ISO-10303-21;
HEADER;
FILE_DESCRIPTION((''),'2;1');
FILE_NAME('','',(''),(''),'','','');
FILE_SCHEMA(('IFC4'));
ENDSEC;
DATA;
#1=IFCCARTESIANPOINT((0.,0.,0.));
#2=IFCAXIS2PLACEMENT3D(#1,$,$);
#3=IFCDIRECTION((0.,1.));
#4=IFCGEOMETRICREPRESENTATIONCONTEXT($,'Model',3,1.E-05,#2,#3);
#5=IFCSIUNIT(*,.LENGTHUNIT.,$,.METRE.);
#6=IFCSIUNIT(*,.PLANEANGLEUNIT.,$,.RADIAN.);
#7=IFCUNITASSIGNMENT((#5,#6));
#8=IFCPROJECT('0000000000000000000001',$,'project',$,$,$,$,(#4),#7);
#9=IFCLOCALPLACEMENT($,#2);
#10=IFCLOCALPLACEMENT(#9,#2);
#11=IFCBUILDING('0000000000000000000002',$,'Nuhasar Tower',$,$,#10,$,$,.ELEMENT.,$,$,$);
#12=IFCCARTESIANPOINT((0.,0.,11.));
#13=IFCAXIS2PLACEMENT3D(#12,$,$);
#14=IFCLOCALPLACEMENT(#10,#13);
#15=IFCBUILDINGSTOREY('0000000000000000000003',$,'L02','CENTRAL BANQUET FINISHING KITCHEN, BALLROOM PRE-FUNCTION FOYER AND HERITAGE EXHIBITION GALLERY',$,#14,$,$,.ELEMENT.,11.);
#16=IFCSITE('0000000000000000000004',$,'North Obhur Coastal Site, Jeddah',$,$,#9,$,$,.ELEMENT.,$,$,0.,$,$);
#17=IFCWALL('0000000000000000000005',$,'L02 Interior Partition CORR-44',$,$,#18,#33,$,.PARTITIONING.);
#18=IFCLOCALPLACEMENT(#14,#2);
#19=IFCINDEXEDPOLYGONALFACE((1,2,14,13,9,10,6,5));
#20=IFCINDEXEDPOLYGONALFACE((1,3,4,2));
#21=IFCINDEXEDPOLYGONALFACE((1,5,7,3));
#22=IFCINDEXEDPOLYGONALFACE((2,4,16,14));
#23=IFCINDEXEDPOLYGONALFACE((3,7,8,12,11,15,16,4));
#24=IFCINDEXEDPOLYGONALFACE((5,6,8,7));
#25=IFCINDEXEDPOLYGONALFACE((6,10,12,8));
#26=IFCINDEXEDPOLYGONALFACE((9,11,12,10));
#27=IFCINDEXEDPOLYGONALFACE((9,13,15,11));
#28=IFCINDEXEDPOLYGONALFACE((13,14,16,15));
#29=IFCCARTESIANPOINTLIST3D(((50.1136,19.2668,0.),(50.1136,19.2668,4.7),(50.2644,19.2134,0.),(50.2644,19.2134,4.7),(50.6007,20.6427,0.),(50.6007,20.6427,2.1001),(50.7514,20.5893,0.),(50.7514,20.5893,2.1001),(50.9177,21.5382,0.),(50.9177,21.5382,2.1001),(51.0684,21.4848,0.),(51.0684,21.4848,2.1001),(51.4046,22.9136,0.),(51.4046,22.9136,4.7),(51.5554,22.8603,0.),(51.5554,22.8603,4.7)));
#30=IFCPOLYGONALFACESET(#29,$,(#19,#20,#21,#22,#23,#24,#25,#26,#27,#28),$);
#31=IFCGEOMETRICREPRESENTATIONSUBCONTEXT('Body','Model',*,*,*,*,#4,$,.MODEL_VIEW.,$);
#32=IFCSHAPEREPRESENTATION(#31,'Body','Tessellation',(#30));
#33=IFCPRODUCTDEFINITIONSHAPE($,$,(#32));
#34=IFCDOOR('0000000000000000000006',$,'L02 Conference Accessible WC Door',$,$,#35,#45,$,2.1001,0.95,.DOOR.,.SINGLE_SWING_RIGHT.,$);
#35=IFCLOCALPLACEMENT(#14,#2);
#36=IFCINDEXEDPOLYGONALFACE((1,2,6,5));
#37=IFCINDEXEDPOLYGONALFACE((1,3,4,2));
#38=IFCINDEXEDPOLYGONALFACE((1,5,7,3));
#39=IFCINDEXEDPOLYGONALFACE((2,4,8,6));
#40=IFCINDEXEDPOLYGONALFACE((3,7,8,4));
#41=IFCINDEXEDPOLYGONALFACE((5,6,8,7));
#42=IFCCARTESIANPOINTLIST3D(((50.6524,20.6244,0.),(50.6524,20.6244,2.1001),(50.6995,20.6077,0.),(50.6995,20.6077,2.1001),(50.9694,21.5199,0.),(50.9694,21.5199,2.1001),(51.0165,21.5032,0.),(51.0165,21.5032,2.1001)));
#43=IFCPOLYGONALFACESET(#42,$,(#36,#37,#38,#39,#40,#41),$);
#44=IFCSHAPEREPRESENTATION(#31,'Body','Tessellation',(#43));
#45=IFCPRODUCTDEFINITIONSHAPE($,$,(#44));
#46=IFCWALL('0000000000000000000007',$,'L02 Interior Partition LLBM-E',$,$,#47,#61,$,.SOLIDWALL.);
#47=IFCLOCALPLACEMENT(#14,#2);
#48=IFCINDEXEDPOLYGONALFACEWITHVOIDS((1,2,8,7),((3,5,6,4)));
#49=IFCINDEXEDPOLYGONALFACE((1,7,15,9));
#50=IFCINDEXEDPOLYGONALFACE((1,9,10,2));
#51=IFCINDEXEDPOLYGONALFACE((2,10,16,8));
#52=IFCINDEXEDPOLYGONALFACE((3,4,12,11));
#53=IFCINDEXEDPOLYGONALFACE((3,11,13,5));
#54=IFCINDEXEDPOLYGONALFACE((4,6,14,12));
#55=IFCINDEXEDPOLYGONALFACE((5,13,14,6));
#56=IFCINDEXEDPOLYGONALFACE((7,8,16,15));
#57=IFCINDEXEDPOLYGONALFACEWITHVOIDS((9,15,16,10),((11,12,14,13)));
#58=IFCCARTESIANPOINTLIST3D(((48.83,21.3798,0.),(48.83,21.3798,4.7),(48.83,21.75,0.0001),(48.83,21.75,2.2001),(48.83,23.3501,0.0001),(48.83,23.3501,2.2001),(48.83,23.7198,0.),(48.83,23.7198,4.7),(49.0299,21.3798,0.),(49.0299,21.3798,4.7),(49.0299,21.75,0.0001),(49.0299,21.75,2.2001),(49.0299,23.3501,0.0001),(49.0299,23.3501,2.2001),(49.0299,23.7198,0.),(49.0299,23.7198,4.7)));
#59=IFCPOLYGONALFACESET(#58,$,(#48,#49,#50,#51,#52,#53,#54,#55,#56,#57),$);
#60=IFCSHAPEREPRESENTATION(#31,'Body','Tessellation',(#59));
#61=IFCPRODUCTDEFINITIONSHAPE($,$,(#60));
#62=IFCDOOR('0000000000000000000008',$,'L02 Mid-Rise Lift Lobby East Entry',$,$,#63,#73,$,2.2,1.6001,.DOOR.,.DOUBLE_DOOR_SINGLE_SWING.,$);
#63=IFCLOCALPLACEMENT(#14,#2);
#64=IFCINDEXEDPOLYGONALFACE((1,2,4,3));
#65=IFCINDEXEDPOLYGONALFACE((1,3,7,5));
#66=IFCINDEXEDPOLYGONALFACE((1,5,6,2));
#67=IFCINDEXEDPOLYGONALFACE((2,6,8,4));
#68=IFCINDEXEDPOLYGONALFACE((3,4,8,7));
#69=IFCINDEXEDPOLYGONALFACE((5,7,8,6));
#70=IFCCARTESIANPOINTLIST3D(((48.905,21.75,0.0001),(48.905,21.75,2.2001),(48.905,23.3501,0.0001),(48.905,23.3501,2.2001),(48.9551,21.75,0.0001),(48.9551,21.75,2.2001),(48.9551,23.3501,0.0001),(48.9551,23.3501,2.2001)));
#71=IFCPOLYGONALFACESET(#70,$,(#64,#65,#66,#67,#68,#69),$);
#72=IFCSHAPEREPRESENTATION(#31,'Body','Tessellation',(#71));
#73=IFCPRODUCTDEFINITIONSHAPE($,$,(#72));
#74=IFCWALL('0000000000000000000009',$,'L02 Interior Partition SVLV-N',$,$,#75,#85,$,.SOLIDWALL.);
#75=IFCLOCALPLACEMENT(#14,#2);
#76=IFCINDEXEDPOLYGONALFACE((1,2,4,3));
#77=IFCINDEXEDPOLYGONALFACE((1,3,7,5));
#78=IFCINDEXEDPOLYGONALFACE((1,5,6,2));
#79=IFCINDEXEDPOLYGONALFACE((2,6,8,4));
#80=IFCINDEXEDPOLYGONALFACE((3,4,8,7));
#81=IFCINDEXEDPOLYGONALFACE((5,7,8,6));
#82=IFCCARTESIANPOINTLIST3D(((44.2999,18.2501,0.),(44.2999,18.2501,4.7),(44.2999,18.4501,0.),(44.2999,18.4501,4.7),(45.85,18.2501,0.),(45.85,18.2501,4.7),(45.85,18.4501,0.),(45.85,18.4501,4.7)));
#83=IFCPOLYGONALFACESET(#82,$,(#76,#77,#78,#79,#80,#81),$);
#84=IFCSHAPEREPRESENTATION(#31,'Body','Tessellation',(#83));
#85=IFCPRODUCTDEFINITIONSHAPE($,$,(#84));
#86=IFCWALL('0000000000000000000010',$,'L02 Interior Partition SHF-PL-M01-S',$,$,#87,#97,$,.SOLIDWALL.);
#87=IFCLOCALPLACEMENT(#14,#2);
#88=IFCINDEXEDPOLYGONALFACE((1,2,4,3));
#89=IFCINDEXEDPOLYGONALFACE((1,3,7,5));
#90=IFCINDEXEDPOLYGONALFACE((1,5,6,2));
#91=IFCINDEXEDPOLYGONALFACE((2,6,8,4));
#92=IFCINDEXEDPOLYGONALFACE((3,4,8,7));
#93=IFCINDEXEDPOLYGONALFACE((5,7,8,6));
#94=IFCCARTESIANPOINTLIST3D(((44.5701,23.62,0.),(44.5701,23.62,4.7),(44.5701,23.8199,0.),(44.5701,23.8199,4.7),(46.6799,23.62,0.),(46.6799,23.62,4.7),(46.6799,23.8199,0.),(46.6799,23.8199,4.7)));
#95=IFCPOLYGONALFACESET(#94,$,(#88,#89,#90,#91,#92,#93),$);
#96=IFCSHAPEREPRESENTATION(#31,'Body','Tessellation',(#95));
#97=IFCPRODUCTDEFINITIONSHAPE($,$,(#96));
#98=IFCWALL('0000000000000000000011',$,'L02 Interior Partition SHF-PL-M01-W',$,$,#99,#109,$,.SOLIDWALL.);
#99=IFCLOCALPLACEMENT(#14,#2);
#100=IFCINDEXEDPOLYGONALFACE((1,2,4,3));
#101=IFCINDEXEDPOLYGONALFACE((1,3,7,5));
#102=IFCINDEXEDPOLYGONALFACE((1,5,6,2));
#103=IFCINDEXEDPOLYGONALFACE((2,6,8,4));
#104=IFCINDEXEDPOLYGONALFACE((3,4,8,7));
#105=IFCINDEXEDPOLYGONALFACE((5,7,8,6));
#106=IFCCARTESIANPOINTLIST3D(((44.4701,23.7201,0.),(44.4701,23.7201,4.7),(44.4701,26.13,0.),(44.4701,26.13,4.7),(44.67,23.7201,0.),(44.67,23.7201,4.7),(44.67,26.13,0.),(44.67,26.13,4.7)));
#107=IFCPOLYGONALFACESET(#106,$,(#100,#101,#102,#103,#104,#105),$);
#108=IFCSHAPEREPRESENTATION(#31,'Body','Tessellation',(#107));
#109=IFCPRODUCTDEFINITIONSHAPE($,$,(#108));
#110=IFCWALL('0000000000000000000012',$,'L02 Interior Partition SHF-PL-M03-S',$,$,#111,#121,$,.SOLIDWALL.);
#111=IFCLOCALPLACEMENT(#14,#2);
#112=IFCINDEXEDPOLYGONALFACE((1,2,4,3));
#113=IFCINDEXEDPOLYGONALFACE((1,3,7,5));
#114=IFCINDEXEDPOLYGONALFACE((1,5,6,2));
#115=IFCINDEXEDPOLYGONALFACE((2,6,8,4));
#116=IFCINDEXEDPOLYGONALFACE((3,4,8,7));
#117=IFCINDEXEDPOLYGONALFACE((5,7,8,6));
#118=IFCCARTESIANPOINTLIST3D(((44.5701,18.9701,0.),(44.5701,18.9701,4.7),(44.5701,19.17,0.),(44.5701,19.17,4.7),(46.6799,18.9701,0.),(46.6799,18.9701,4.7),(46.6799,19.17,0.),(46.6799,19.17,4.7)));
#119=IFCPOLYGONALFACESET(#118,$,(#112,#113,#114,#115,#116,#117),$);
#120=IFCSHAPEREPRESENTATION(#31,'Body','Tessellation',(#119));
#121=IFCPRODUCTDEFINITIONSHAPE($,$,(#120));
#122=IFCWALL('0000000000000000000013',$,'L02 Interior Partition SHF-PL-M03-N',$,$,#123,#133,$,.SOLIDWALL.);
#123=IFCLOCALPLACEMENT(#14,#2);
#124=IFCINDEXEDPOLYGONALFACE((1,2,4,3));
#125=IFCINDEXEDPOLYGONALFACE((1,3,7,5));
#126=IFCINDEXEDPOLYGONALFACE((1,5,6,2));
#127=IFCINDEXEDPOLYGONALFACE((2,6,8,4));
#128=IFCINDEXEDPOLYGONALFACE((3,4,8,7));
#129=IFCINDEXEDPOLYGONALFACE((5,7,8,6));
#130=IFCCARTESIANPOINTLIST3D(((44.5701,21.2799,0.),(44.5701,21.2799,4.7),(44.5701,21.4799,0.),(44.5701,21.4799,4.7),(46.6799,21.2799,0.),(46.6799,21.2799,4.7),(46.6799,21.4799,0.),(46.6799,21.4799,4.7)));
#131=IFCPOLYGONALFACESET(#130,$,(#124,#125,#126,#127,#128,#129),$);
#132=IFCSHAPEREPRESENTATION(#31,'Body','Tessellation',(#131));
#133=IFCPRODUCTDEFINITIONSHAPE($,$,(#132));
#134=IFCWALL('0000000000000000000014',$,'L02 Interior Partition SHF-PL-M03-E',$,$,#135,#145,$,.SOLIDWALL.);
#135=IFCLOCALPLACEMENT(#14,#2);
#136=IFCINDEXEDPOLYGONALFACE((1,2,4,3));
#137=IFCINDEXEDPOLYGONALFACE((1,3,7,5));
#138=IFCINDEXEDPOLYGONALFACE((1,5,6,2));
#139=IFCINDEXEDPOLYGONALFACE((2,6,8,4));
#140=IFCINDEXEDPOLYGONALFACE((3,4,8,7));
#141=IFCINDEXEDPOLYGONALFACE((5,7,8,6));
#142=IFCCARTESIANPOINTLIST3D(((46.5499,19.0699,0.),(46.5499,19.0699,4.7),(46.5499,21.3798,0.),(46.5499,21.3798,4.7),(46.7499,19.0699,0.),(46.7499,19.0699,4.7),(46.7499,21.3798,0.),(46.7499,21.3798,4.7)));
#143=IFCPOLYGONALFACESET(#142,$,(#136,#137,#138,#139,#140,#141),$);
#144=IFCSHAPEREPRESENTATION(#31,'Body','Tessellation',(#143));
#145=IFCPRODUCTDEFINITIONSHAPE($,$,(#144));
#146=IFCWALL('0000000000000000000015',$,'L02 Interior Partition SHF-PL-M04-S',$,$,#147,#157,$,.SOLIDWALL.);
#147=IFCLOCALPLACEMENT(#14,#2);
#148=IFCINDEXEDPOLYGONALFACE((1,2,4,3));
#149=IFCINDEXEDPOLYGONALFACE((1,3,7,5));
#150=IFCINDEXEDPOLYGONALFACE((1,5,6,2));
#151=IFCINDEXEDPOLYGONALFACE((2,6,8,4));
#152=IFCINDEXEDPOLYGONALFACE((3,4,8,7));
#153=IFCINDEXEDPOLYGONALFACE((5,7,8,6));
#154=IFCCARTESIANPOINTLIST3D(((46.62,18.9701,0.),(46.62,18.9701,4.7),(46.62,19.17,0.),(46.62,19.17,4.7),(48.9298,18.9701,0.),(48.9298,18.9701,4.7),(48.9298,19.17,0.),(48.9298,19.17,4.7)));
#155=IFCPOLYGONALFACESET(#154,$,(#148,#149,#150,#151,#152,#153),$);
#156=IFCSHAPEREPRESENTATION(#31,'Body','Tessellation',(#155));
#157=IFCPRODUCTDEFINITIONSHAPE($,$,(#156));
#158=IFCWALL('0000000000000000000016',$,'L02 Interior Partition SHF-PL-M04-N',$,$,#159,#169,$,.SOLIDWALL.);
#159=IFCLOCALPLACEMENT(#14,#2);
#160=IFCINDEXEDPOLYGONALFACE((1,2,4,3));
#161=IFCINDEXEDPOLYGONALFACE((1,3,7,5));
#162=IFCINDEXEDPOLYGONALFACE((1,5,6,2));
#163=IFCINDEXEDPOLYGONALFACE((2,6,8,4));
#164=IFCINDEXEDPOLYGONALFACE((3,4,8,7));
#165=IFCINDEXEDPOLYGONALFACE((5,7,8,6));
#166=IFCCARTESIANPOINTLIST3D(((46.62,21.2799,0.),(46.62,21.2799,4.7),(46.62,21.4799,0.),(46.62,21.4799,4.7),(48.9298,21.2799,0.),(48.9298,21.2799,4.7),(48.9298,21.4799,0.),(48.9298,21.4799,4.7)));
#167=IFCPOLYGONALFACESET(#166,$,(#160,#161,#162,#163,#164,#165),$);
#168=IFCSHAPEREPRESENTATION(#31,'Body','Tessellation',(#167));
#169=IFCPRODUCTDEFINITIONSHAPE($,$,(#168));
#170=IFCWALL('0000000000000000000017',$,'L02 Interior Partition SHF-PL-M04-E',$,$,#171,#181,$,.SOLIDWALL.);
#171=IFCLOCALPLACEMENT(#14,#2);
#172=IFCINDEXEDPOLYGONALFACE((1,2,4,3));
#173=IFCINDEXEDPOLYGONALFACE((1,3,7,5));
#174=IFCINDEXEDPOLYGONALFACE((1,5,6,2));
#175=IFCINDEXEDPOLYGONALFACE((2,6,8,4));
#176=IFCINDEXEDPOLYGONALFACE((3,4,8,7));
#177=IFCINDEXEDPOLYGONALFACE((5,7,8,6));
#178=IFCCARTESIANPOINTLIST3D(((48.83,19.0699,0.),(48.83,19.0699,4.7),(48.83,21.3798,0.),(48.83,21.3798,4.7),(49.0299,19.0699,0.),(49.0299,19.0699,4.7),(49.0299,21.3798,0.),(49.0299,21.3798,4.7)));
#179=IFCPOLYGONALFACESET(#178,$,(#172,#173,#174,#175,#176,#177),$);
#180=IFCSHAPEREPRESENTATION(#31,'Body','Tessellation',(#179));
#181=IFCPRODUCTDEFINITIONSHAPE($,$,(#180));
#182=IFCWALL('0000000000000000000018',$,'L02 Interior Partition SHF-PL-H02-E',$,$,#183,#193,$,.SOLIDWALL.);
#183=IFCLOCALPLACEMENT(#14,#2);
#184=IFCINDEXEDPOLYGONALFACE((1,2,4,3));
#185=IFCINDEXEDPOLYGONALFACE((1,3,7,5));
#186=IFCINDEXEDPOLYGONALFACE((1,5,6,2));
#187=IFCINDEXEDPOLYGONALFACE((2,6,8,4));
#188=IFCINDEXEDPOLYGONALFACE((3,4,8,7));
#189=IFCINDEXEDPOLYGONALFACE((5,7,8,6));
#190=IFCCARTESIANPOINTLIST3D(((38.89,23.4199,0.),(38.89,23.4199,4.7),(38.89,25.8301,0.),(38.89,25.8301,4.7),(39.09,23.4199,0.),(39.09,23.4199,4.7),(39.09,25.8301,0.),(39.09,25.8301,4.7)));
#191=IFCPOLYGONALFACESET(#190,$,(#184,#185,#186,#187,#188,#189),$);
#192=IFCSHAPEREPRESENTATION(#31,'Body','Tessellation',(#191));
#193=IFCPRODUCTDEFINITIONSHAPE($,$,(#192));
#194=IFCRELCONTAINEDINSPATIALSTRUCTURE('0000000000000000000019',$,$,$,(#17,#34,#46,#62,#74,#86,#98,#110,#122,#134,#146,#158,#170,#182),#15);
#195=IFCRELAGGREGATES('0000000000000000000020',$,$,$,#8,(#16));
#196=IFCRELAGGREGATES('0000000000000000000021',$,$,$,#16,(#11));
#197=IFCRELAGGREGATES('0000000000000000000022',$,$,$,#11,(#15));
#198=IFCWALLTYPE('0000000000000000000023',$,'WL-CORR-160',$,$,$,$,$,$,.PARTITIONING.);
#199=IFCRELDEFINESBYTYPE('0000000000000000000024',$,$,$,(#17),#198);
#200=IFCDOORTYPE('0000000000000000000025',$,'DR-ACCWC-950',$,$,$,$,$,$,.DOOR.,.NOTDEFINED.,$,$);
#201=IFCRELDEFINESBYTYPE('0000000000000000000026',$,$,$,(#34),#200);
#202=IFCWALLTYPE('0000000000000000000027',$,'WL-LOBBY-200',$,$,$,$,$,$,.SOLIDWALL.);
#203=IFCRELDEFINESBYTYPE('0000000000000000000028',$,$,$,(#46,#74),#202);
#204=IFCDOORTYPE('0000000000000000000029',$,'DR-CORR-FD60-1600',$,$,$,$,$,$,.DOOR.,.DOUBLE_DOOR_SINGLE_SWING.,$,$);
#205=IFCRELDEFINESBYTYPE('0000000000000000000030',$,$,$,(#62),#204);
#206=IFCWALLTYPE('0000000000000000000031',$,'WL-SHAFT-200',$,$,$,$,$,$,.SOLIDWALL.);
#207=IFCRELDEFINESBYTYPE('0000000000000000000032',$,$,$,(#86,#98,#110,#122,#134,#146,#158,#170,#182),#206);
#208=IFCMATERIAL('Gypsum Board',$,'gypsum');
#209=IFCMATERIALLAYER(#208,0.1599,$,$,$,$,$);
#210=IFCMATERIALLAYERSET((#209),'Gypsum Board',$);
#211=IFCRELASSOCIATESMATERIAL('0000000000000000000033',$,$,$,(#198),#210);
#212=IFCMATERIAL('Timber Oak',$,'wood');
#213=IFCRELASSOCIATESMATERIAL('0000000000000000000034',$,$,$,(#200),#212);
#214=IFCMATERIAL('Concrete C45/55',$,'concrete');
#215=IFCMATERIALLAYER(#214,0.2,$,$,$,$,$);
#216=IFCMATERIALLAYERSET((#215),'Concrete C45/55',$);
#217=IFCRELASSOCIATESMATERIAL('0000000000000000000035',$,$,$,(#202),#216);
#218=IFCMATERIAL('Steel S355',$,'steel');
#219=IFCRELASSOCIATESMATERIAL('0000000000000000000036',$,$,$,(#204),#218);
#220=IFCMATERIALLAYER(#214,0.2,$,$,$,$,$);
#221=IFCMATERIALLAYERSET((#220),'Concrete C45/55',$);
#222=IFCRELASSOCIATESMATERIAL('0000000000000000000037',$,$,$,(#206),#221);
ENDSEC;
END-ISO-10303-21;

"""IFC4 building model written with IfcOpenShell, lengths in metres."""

from ifc_helpers import new_model, si_unit, direction, frame, frame_2d, origin, place, context, subcontext, project, spatial, rectangle, extrude, material, layer, layer_set, type_object, element, fill, save


model = new_model("IFC4")

# Units and contexts
model_context = context("Model", 3, precision=1e-05, world=origin(), true_north=direction((0.0, 1.0)))
body_context = subcontext(model_context, "Body", "Model", "MODEL_VIEW")
ifc_project = project(units=[si_unit("LENGTHUNIT", "METRE"), si_unit("PLANEANGLEUNIT", "RADIAN")], contexts=[model_context])

# Site, building, storey
site_placement = place(None, origin())
site = spatial("IfcSite", under=ifc_project, at=site_placement, Name="North Obhur Coastal Site, Jeddah", CompositionType="ELEMENT", RefElevation=0.0)
building_placement = place(site_placement, origin())
building = spatial("IfcBuilding", under=site, at=building_placement, Name="Nuhasar Tower", CompositionType="ELEMENT")
storey_placement = place(building_placement, frame((0.0, 0.0, 11.0)))
storey = spatial("IfcBuildingStorey", under=building, at=storey_placement, Name="L02", Description="CENTRAL BANQUET FINISHING KITCHEN, BALLROOM PRE-FUNCTION FOYER AND HERITAGE EXHIBITION GALLERY", CompositionType="ELEMENT", Elevation=11.0)

# Shared definitions
ifc_material_1 = material(Name="Steel S355", Category="steel")

# Walls, openings, doors
ifc_material_2 = material(Name="Gypsum Board", Category="gypsum")
ifc_layer_1 = layer(ifc_material_2, 0.1599)
ifc_layer_set_1 = layer_set([ifc_layer_1], Name="Gypsum Board")
wall_type_1 = type_object("IfcWallType", Name="WL-CORR-160", PredefinedType="PARTITIONING", material=ifc_layer_set_1)
ifc_material_3 = material(Name="Timber Oak", Category="wood")
wall_1_placement = place(storey_placement, frame((51.48, 22.887, 0.0), z_axis=(0.0, 0.0, 1.0), x_axis=(-0.333705, -0.942678, 0.0)))
wall_1 = element("IfcWall", 1, at=wall_1_placement, inside=storey, type_object=wall_type_1, Name="L02 Interior Partition CORR-44", PredefinedType="PARTITIONING", context=body_context, shape_type="SweptSolid", body=[
    extrude(rectangle(XDim=3.8687, YDim=0.1599, at=frame_2d((1.9343, 0.0))), origin(), (0.0, 0.0, 1.0), 4.7),
])
opening_1_placement = place(wall_1_placement, frame((1.459, 0.0, 0.0)))
opening_1 = element("IfcOpeningElement", 2, at=opening_1_placement, cuts=wall_1, PredefinedType="OPENING", context=body_context, shape_type="SweptSolid", body=[
    extrude(rectangle(XDim=0.95, YDim=2.1001, at=frame_2d((0.4751, 1.05))), frame((0.0, 0.0898, 0.0), z_axis=(0.0, -1.0, 0.0), x_axis=(1.0, 0.0, 0.0)), (0.0, 0.0, 1.0), 0.1799),
])
door_type_1 = type_object("IfcDoorType", Name="DR-ACCWC-950", OperationType="NOTDEFINED", PredefinedType="DOOR", material=ifc_material_3)
door_1_placement = place(opening_1_placement, origin())
door_1 = element("IfcDoor", 3, at=door_1_placement, inside=storey, type_object=door_type_1, Name="L02 Conference Accessible WC Door", OperationType="SINGLE_SWING_RIGHT", OverallHeight=2.1001, OverallWidth=0.95, PredefinedType="DOOR", context=body_context, shape_type="SweptSolid", body=[
    extrude(rectangle(XDim=0.95, YDim=2.1001, at=frame_2d((0.4751, 1.05))), frame((0.0, 0.0249, 0.0), z_axis=(0.0, -1.0, 0.0), x_axis=(1.0, 0.0, 0.0)), (0.0, 0.0, 1.0), 0.05),
])
fill(opening_1, door_1)
ifc_material_4 = material(Name="Concrete C45/55", Category="concrete")
ifc_layer_2 = layer(ifc_material_4, 0.2)
ifc_layer_set_2 = layer_set([ifc_layer_2], Name="Concrete C45/55")
wall_type_2 = type_object("IfcWallType", Name="WL-LOBBY-200", PredefinedType="SOLIDWALL", material=ifc_layer_set_2)
wall_2_placement = place(storey_placement, frame((48.9299, 21.3799, 0.0), z_axis=(0.0, 0.0, 1.0), x_axis=(0.0, 1.0, 0.0)))
wall_2 = element("IfcWall", 4, at=wall_2_placement, inside=storey, type_object=wall_type_2, Name="L02 Interior Partition LLBM-E", PredefinedType="SOLIDWALL", context=body_context, shape_type="SweptSolid", body=[
    extrude(rectangle(XDim=2.3401, YDim=0.2, at=frame_2d((1.1699, 0.0))), origin(), (0.0, 0.0, 1.0), 4.7),
])
opening_2_placement = place(wall_2_placement, frame((0.3701, 0.0, 0.0)))
opening_2 = element("IfcOpeningElement", 5, at=opening_2_placement, cuts=wall_2, PredefinedType="OPENING", context=body_context, shape_type="SweptSolid", body=[
    extrude(rectangle(XDim=1.6001, YDim=2.2, at=frame_2d((0.8, 1.1001))), frame((0.0, 0.1099, 0.0), z_axis=(0.0, -1.0, 0.0), x_axis=(1.0, 0.0, 0.0)), (0.0, 0.0, 1.0), 0.22),
])
door_type_2 = type_object("IfcDoorType", Name="DR-CORR-FD60-1600", OperationType="DOUBLE_DOOR_SINGLE_SWING", PredefinedType="DOOR", material=ifc_material_1)
door_2_placement = place(opening_2_placement, origin())
door_2 = element("IfcDoor", 6, at=door_2_placement, inside=storey, type_object=door_type_2, Name="L02 Mid-Rise Lift Lobby East Entry", OperationType="DOUBLE_DOOR_SINGLE_SWING", OverallHeight=2.2, OverallWidth=1.6001, PredefinedType="DOOR", context=body_context, shape_type="SweptSolid", body=[
    extrude(rectangle(XDim=1.6001, YDim=2.2, at=frame_2d((0.8, 1.1001))), frame((0.0, 0.0249, 0.0), z_axis=(0.0, -1.0, 0.0), x_axis=(1.0, 0.0, 0.0)), (0.0, 0.0, 1.0), 0.05),
])
fill(opening_2, door_2)

# Walls
wall_3_placement = place(storey_placement, frame((44.3, 18.3501, 0.0), z_axis=(0.0, 0.0, 1.0), x_axis=(1.0, 0.0, 0.0)))
element("IfcWall", 7, at=wall_3_placement, inside=storey, type_object=wall_type_2, Name="L02 Interior Partition SVLV-N", PredefinedType="SOLIDWALL", context=body_context, shape_type="SweptSolid", body=[
    extrude(rectangle(XDim=1.55, YDim=0.2, at=frame_2d((0.7749, 0.0))), origin(), (0.0, 0.0, 1.0), 4.7),
])
ifc_layer_3 = layer(ifc_material_4, 0.2)
ifc_layer_set_3 = layer_set([ifc_layer_3], Name="Concrete C45/55")
wall_type_3 = type_object("IfcWallType", Name="WL-SHAFT-200", PredefinedType="SOLIDWALL", material=ifc_layer_set_3)
wall_4_placement = place(storey_placement, frame((44.5701, 23.72, 0.0), z_axis=(0.0, 0.0, 1.0), x_axis=(1.0, 0.0, 0.0)))
element("IfcWall", 8, at=wall_4_placement, inside=storey, type_object=wall_type_3, Name="L02 Interior Partition SHF-PL-M01-S", PredefinedType="SOLIDWALL", context=body_context, shape_type="SweptSolid", body=[
    extrude(rectangle(XDim=2.1099, YDim=0.2, at=frame_2d((1.0549, 0.0))), origin(), (0.0, 0.0, 1.0), 4.7),
])
wall_5_placement = place(storey_placement, frame((44.5701, 23.72, 0.0), z_axis=(0.0, 0.0, 1.0), x_axis=(0.0, 1.0, 0.0)))
element("IfcWall", 9, at=wall_5_placement, inside=storey, type_object=wall_type_3, Name="L02 Interior Partition SHF-PL-M01-W", PredefinedType="SOLIDWALL", context=body_context, shape_type="SweptSolid", body=[
    extrude(rectangle(XDim=2.4099, YDim=0.2, at=frame_2d((1.2051, 0.0))), origin(), (0.0, 0.0, 1.0), 4.7),
])
for number, where, z_axis, x_axis, name in (
    (10, (44.5701, 19.0701, 0.0), (0.0, 0.0, 1.0), (1.0, 0.0, 0.0), "L02 Interior Partition SHF-PL-M03-S"),
    (11, (44.5701, 21.3799, 0.0), (0.0, 0.0, 1.0), (1.0, 0.0, 0.0), "L02 Interior Partition SHF-PL-M03-N"),
):
    element("IfcWall", number, at=place(storey_placement, frame(where, z_axis=z_axis, x_axis=x_axis)), inside=storey, type_object=wall_type_3, Name=name, PredefinedType="SOLIDWALL", context=body_context, shape_type="SweptSolid", body=[
        extrude(rectangle(XDim=2.1099, YDim=0.2, at=frame_2d((1.0549, 0.0))), origin(), (0.0, 0.0, 1.0), 4.7),
    ])
for number, where, z_axis, x_axis, name in (
    (12, (46.6499, 19.0701, 0.0), (0.0, 0.0, 1.0), (0.0, 1.0, 0.0), "L02 Interior Partition SHF-PL-M03-E"),
    (13, (46.6201, 19.0701, 0.0), (0.0, 0.0, 1.0), (1.0, 0.0, 0.0), "L02 Interior Partition SHF-PL-M04-S"),
    (14, (46.6201, 21.3799, 0.0), (0.0, 0.0, 1.0), (1.0, 0.0, 0.0), "L02 Interior Partition SHF-PL-M04-N"),
    (15, (48.9299, 19.0701, 0.0), (0.0, 0.0, 1.0), (0.0, 1.0, 0.0), "L02 Interior Partition SHF-PL-M04-E"),
):
    element("IfcWall", number, at=place(storey_placement, frame(where, z_axis=z_axis, x_axis=x_axis)), inside=storey, type_object=wall_type_3, Name=name, PredefinedType="SOLIDWALL", context=body_context, shape_type="SweptSolid", body=[
        extrude(rectangle(XDim=2.3098, YDim=0.2, at=frame_2d((1.1548, 0.0))), origin(), (0.0, 0.0, 1.0), 4.7),
    ])
for number, where, z_axis, x_axis, name in (
    (16, (38.99, 23.4199, 0.0), (0.0, 0.0, 1.0), (0.0, 1.0, 0.0), "L02 Interior Partition SHF-PL-H02-E"),
):
    element("IfcWall", number, at=place(storey_placement, frame(where, z_axis=z_axis, x_axis=x_axis)), inside=storey, type_object=wall_type_3, Name=name, PredefinedType="SOLIDWALL", context=body_context, shape_type="SweptSolid", body=[
        extrude(rectangle(XDim=2.4102, YDim=0.2, at=frame_2d((1.2051, 0.0))), origin(), (0.0, 0.0, 1.0), 4.7),
    ])

save(model, "model.ifc")
